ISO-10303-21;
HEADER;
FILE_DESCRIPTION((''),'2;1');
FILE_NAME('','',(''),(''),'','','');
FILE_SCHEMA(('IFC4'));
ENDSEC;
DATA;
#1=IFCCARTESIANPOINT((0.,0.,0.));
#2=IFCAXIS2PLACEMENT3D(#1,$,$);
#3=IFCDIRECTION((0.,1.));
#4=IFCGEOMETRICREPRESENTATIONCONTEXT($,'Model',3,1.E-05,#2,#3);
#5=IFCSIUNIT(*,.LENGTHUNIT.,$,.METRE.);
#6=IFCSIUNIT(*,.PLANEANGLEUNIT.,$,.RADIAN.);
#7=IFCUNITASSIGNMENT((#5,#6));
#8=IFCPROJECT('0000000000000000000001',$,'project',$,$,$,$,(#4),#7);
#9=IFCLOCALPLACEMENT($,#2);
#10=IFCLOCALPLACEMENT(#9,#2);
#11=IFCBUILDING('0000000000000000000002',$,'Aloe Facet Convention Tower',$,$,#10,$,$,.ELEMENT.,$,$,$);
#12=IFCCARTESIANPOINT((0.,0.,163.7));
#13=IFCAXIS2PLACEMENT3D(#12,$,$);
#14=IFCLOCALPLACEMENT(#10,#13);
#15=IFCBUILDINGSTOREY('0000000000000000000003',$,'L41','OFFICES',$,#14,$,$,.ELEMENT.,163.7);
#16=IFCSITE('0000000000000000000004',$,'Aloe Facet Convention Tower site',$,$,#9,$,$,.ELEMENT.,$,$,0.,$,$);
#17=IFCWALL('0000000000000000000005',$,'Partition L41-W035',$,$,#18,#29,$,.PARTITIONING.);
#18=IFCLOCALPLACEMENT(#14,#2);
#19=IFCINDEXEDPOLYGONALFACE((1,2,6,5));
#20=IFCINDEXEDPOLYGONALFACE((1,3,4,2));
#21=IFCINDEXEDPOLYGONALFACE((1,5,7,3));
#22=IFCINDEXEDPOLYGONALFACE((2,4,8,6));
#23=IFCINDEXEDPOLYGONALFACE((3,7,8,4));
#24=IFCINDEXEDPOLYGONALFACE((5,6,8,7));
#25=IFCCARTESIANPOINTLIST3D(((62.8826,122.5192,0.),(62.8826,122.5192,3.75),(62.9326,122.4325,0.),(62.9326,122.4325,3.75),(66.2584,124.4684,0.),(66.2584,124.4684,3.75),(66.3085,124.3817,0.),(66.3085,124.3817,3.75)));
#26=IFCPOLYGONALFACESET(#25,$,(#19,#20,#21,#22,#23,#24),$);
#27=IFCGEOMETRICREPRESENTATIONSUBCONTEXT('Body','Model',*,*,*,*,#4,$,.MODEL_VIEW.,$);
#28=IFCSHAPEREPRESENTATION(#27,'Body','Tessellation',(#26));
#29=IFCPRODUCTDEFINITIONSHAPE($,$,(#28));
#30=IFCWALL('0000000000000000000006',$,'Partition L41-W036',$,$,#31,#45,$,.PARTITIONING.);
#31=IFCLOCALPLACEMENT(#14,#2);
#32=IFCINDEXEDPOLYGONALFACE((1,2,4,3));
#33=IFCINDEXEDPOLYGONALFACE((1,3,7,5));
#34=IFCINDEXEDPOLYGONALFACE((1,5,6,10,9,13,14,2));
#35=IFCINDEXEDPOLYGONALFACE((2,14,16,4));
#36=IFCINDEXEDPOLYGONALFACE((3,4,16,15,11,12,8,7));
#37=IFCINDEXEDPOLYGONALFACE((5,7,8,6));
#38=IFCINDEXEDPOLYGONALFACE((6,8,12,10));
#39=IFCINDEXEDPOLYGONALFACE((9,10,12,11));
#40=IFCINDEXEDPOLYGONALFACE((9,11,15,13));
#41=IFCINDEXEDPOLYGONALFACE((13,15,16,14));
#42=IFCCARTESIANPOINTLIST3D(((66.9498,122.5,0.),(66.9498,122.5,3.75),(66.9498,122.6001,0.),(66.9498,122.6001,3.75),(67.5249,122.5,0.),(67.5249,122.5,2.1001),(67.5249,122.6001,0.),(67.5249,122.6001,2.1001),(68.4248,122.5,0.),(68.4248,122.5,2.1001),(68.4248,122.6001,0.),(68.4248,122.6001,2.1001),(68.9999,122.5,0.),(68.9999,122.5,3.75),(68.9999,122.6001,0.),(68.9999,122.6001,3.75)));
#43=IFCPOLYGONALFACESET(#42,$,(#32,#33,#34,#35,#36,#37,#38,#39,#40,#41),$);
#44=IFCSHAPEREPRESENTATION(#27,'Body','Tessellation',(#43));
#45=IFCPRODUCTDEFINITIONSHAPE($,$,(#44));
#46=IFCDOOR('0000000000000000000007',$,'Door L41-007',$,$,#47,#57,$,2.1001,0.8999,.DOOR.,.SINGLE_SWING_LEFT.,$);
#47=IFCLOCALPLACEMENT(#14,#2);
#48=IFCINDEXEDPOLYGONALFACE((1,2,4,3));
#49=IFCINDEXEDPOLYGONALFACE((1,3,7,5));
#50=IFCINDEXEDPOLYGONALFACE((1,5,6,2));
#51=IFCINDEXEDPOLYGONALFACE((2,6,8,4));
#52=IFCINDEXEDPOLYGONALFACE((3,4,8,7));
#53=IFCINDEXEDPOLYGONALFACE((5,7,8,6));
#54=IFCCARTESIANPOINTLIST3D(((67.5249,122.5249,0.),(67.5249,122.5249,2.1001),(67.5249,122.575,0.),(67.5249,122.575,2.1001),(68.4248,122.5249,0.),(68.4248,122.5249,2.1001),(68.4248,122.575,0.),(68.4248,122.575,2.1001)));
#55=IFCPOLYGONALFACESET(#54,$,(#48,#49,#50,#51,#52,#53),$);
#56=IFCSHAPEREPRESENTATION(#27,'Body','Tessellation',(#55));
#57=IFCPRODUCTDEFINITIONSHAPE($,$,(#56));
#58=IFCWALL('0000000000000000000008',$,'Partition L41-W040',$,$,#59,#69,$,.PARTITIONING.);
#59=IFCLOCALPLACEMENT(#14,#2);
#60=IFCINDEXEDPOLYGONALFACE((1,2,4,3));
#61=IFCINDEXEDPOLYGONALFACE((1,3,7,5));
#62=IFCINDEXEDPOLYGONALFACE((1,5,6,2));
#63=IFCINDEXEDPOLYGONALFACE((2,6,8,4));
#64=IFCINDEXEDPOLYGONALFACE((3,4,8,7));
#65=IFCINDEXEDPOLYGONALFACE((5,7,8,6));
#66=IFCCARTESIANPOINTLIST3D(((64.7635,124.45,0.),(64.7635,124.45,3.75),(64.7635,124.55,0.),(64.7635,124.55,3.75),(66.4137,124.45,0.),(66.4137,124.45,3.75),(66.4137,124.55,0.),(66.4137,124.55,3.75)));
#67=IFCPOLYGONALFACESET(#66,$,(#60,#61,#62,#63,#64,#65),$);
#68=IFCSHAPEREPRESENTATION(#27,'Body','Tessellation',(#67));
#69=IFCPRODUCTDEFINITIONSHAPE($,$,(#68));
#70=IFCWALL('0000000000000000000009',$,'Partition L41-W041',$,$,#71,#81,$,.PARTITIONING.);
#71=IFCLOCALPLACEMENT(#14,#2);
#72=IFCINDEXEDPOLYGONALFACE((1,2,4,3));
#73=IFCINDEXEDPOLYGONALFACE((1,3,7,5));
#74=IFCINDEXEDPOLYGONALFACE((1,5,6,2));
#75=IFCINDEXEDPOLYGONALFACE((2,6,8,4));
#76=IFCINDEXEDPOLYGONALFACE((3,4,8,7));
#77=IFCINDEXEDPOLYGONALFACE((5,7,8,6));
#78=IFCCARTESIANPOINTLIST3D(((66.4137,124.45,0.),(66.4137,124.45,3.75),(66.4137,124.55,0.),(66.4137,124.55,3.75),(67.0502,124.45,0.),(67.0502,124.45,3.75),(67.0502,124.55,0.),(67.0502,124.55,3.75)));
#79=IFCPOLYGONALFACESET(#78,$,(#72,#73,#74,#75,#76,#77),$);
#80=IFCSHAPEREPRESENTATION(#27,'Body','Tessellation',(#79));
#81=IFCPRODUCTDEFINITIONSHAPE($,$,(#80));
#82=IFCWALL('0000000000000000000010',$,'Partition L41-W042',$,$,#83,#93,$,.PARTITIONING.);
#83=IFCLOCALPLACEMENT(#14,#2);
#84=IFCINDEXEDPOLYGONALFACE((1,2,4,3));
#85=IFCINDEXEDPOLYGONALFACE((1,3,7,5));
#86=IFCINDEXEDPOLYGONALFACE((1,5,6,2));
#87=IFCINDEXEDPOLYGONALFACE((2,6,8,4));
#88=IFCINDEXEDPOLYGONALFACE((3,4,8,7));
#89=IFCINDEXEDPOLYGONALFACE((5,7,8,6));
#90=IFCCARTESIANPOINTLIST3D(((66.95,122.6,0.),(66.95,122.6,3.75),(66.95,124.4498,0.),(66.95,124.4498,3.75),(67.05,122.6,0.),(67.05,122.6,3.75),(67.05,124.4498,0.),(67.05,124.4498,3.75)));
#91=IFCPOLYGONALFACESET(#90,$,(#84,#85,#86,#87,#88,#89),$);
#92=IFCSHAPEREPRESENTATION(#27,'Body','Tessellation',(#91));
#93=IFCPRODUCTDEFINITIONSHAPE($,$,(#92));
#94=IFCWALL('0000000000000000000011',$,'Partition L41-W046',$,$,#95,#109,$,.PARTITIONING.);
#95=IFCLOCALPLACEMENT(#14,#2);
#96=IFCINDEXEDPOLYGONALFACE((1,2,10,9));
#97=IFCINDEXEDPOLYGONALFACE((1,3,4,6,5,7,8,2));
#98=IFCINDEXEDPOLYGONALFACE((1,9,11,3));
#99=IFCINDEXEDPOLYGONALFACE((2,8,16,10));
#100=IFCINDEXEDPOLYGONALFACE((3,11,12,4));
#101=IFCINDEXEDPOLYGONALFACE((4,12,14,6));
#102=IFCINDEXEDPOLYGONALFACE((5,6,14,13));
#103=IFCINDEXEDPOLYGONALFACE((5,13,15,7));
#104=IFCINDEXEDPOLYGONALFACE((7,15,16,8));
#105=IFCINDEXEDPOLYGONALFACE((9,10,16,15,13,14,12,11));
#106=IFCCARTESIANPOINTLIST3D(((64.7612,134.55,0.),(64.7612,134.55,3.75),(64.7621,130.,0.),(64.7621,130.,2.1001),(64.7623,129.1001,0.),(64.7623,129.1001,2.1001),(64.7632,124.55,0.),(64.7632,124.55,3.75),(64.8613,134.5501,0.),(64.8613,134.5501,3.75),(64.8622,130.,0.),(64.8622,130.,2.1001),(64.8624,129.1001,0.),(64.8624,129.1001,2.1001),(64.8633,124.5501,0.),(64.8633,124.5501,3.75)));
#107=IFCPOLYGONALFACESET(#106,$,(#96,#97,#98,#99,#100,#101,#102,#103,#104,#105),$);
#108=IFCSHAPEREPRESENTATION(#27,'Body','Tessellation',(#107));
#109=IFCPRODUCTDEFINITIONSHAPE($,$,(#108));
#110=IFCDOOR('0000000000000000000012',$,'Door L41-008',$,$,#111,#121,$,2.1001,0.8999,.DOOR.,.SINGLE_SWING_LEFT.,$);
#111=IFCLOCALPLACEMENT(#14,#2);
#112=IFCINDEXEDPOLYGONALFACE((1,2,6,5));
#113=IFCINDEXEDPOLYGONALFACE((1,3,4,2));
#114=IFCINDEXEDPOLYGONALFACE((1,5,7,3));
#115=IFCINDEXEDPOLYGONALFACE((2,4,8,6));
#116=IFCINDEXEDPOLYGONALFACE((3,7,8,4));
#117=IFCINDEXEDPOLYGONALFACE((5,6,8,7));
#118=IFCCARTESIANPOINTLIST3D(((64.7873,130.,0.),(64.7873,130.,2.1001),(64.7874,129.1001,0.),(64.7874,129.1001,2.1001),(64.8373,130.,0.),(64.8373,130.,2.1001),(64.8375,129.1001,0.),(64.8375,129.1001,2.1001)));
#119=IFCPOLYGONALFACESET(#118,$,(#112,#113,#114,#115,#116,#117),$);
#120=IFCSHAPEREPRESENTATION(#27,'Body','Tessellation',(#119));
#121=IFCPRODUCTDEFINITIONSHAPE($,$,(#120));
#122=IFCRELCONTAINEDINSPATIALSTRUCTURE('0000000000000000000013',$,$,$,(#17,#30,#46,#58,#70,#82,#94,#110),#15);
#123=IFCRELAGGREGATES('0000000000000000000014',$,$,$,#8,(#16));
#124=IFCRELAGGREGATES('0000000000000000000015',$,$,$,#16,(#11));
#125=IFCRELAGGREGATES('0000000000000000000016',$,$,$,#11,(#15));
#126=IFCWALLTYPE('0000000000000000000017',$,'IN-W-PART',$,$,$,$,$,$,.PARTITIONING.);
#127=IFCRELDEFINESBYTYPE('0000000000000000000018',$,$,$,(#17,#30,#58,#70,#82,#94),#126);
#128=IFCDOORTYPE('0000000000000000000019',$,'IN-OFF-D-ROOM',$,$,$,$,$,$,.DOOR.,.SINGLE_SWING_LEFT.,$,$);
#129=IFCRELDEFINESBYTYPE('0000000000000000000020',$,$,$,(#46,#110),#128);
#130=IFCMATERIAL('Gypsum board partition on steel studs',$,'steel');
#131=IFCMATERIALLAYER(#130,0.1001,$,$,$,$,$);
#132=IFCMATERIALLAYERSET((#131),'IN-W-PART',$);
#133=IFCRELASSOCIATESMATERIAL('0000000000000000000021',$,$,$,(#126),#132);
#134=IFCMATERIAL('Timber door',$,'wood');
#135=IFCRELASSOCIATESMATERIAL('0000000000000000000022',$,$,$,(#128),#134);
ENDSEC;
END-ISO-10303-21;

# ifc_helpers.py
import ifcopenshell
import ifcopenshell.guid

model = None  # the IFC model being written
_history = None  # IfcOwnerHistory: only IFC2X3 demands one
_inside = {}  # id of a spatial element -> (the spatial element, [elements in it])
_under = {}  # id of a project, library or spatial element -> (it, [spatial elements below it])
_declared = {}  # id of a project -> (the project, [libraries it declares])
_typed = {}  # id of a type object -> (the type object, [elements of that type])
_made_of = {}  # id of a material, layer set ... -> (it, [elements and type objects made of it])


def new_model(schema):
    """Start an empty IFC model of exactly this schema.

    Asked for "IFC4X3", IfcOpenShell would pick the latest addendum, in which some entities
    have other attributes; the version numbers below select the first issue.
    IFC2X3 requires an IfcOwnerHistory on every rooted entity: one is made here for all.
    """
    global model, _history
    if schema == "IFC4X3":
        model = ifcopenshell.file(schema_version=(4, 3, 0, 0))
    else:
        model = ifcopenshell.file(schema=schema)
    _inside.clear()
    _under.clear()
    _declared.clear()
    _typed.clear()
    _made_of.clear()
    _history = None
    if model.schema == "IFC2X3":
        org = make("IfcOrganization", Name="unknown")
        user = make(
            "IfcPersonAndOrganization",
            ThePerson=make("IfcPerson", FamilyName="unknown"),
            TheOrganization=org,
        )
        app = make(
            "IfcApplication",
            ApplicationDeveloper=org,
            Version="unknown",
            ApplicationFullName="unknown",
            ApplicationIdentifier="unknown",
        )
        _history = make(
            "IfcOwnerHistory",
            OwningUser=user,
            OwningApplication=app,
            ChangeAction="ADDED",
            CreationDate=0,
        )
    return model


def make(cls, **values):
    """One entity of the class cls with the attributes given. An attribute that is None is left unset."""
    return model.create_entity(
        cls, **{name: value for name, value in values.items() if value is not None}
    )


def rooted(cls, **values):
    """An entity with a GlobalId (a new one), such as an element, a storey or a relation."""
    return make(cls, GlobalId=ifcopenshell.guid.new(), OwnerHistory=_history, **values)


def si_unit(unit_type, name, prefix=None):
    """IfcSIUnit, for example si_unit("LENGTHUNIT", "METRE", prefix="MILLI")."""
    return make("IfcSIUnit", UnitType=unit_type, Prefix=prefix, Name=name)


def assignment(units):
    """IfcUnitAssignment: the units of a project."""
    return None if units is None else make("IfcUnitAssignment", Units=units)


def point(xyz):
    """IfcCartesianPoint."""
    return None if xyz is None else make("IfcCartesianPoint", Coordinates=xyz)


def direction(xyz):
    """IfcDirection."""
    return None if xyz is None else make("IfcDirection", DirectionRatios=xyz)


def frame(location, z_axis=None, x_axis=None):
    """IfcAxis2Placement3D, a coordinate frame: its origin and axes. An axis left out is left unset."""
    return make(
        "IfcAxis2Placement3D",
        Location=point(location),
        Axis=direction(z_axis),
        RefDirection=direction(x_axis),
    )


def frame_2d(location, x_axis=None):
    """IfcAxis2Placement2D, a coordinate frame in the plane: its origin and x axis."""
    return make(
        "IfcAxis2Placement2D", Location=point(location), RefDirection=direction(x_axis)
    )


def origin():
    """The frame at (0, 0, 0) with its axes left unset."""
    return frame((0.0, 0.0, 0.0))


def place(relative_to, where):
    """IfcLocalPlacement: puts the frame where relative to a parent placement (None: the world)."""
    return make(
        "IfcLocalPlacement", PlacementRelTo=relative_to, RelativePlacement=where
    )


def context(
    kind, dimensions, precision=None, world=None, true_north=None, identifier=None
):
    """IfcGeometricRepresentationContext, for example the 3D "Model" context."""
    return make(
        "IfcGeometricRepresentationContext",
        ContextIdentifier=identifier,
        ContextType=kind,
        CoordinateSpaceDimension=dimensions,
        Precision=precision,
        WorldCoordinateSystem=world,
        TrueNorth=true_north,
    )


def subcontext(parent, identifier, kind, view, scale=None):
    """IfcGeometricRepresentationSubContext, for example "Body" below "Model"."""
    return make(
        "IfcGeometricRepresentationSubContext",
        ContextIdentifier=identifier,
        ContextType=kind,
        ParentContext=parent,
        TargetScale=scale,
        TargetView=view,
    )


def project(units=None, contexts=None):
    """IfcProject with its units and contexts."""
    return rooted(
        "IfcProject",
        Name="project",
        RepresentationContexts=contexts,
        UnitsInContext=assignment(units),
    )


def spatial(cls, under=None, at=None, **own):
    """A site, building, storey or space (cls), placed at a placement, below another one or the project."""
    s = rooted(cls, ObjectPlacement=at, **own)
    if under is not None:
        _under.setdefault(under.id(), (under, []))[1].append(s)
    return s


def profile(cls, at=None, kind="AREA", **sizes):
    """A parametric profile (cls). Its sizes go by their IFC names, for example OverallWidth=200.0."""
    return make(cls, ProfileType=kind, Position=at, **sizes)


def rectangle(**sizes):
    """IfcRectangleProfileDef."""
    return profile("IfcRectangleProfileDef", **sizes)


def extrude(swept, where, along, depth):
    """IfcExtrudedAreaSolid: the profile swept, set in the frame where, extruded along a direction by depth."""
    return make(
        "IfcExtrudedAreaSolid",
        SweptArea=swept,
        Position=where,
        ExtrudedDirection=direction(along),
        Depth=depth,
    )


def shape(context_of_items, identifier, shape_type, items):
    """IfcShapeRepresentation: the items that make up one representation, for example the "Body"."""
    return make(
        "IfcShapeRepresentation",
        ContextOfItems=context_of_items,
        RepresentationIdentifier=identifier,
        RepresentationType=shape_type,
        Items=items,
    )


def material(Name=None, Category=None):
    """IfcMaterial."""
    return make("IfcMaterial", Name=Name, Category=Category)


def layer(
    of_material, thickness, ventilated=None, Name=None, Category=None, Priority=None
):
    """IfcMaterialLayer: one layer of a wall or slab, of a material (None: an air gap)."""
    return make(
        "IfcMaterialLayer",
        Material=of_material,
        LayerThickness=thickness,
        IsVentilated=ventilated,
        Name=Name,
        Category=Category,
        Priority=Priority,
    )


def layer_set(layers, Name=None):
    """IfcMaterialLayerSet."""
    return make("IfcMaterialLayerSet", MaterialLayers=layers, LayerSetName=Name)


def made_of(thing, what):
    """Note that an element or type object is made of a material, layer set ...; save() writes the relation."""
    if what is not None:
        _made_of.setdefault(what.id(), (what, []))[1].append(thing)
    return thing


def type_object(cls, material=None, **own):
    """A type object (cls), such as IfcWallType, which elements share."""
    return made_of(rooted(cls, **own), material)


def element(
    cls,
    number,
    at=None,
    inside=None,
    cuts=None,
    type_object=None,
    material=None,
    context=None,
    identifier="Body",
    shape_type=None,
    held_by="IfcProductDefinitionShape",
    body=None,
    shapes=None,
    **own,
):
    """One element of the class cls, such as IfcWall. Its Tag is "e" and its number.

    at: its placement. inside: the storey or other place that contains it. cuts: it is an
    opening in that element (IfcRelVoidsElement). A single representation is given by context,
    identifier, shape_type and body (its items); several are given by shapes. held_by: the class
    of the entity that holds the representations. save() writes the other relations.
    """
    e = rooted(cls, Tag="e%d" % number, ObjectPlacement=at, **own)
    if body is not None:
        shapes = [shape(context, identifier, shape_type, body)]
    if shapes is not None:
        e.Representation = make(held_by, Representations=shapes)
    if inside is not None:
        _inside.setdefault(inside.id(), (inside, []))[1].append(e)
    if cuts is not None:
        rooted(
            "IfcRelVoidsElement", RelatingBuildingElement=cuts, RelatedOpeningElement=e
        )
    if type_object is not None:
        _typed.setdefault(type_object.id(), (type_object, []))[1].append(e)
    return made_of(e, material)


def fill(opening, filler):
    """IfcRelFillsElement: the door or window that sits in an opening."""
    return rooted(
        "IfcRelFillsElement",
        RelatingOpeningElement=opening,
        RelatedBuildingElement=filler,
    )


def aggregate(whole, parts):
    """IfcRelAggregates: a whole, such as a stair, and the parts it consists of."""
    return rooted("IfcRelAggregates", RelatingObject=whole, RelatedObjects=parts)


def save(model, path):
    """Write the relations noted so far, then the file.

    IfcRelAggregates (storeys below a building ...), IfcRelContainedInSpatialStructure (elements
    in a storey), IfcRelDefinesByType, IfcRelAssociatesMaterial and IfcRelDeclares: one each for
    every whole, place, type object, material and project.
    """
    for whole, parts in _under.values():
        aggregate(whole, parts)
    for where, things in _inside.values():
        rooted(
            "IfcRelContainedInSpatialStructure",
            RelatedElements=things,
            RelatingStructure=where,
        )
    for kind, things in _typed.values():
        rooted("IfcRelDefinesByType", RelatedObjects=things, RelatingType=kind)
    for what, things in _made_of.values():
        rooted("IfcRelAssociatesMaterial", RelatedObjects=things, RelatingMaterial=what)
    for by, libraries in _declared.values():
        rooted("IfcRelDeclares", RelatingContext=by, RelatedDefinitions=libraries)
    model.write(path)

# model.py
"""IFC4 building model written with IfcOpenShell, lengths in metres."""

from ifc_helpers import new_model, si_unit, direction, frame, frame_2d, origin, place, context, subcontext, project, spatial, rectangle, extrude, material, layer, layer_set, type_object, element, fill, save


model = new_model("IFC4")

# Units and contexts
model_context = context("Model", 3, precision=1e-05, world=origin(), true_north=direction((0.0, 1.0)))
body_context = subcontext(model_context, "Body", "Model", "MODEL_VIEW")
ifc_project = project(units=[si_unit("LENGTHUNIT", "METRE"), si_unit("PLANEANGLEUNIT", "RADIAN")], contexts=[model_context])

# Site, building, storey
site_placement = place(None, origin())
site = spatial("IfcSite", under=ifc_project, at=site_placement, Name="Aloe Facet Convention Tower site", CompositionType="ELEMENT", RefElevation=0.0)
building_placement = place(site_placement, origin())
building = spatial("IfcBuilding", under=site, at=building_placement, Name="Aloe Facet Convention Tower", CompositionType="ELEMENT")
storey_placement = place(building_placement, frame((0.0, 0.0, 163.7)))
storey = spatial("IfcBuildingStorey", under=building, at=storey_placement, Name="L41", Description="OFFICES", CompositionType="ELEMENT", Elevation=163.7)

# Wall
ifc_material_1 = material(Name="Gypsum board partition on steel studs", Category="steel")
ifc_layer_1 = layer(ifc_material_1, 0.1001)
ifc_layer_set_1 = layer_set([ifc_layer_1], Name="IN-W-PART")
wall_type_1 = type_object("IfcWallType", Name="IN-W-PART", PredefinedType="PARTITIONING", material=ifc_layer_set_1)
wall_1_placement = place(storey_placement, frame((62.9075, 122.4758, 0.0), z_axis=(0.0, 0.0, 1.0), x_axis=(0.866015, 0.500019, 0.0)))
element("IfcWall", 1, at=wall_1_placement, inside=storey, type_object=wall_type_1, Name="Partition L41-W035", PredefinedType="PARTITIONING", context=body_context, shape_type="SweptSolid", body=[
    extrude(rectangle(XDim=3.8982, YDim=0.1001, at=frame_2d((1.9492, 0.0))), origin(), (0.0, 0.0, 1.0), 3.75),
])

# Wall, opening, door
wall_2_placement = place(storey_placement, frame((66.95, 122.55, 0.0), z_axis=(0.0, 0.0, 1.0), x_axis=(1.0, 0.0, 0.0)))
wall_2 = element("IfcWall", 2, at=wall_2_placement, inside=storey, type_object=wall_type_1, Name="Partition L41-W036", PredefinedType="PARTITIONING", context=body_context, shape_type="SweptSolid", body=[
    extrude(rectangle(XDim=2.05, YDim=0.1001, at=frame_2d((1.0249, 0.0))), origin(), (0.0, 0.0, 1.0), 3.75),
])
opening_1_placement = place(wall_2_placement, frame((0.575, 0.0, 0.0)))
opening_1 = element("IfcOpeningElement", 3, at=opening_1_placement, cuts=wall_2, PredefinedType="OPENING", context=body_context, shape_type="SweptSolid", body=[
    extrude(rectangle(XDim=0.8999, YDim=2.1001, at=frame_2d((0.45, 1.05))), frame((0.0, 0.0601, 0.0), z_axis=(0.0, -1.0, 0.0), x_axis=(1.0, 0.0, 0.0)), (0.0, 0.0, 1.0), 0.1201),
])
ifc_material_2 = material(Name="Timber door", Category="wood")
door_type_1 = type_object("IfcDoorType", Name="IN-OFF-D-ROOM", OperationType="SINGLE_SWING_LEFT", PredefinedType="DOOR", material=ifc_material_2)
door_1_placement = place(opening_1_placement, origin())
door_1 = element("IfcDoor", 4, at=door_1_placement, inside=storey, type_object=door_type_1, Name="Door L41-007", OperationType="SINGLE_SWING_LEFT", OverallHeight=2.1001, OverallWidth=0.8999, PredefinedType="DOOR", context=body_context, shape_type="SweptSolid", body=[
    extrude(rectangle(XDim=0.8999, YDim=2.1001, at=frame_2d((0.45, 1.05))), frame((0.0, 0.0249, 0.0), z_axis=(0.0, -1.0, 0.0), x_axis=(1.0, 0.0, 0.0)), (0.0, 0.0, 1.0), 0.05),
])
fill(opening_1, door_1)

# Walls
wall_3_placement = place(storey_placement, frame((64.7634, 124.5, 0.0), z_axis=(0.0, 0.0, 1.0), x_axis=(1.0, 0.0, 0.0)))
element("IfcWall", 5, at=wall_3_placement, inside=storey, type_object=wall_type_1, Name="Partition L41-W040", PredefinedType="PARTITIONING", context=body_context, shape_type="SweptSolid", body=[
    extrude(rectangle(XDim=1.6501, YDim=0.1001, at=frame_2d((0.8252, 0.0))), origin(), (0.0, 0.0, 1.0), 3.75),
])
wall_4_placement = place(storey_placement, frame((66.4136, 124.5, 0.0), z_axis=(0.0, 0.0, 1.0), x_axis=(1.0, 0.0, 0.0)))
element("IfcWall", 6, at=wall_4_placement, inside=storey, type_object=wall_type_1, Name="Partition L41-W041", PredefinedType="PARTITIONING", context=body_context, shape_type="SweptSolid", body=[
    extrude(rectangle(XDim=0.6365, YDim=0.1001, at=frame_2d((0.3184, 0.0))), origin(), (0.0, 0.0, 1.0), 3.75),
])
wall_5_placement = place(storey_placement, frame((67.0, 122.6001, 0.0), z_axis=(0.0, 0.0, 1.0), x_axis=(0.0, 1.0, 0.0)))
element("IfcWall", 7, at=wall_5_placement, inside=storey, type_object=wall_type_1, Name="Partition L41-W042", PredefinedType="PARTITIONING", context=body_context, shape_type="SweptSolid", body=[
    extrude(rectangle(XDim=1.8499, YDim=0.1001, at=frame_2d((0.9248, 0.0))), origin(), (0.0, 0.0, 1.0), 3.75),
])

# Wall, opening, door
wall_6_placement = place(storey_placement, frame((64.8132, 124.55, 0.0), z_axis=(0.0, 0.0, 1.0), x_axis=(-0.000195, 1.0, 0.0)))
wall_6 = element("IfcWall", 8, at=wall_6_placement, inside=storey, type_object=wall_type_1, Name="Partition L41-W046", PredefinedType="PARTITIONING", context=body_context, shape_type="SweptSolid", body=[
    extrude(rectangle(XDim=10.0, YDim=0.1001, at=frame_2d((5.0, 0.0))), origin(), (0.0, 0.0, 1.0), 3.75),
])
opening_2_placement = place(wall_6_placement, frame((4.55, 0.0, 0.0)))
opening_2 = element("IfcOpeningElement", 9, at=opening_2_placement, cuts=wall_6, PredefinedType="OPENING", context=body_context, shape_type="SweptSolid", body=[
    extrude(rectangle(XDim=0.8999, YDim=2.1001, at=frame_2d((0.45, 1.05))), frame((0.0, 0.0601, 0.0), z_axis=(0.0, -1.0, 0.0), x_axis=(1.0, 0.0, 0.0)), (0.0, 0.0, 1.0), 0.1201),
])
door_2_placement = place(opening_2_placement, origin())
door_2 = element("IfcDoor", 10, at=door_2_placement, inside=storey, type_object=door_type_1, Name="Door L41-008", OperationType="SINGLE_SWING_LEFT", OverallHeight=2.1001, OverallWidth=0.8999, PredefinedType="DOOR", context=body_context, shape_type="SweptSolid", body=[
    extrude(rectangle(XDim=0.8999, YDim=2.1001, at=frame_2d((0.45, 1.05))), frame((0.0, 0.0249, 0.0), z_axis=(0.0, -1.0, 0.0), x_axis=(1.0, 0.0, 0.0)), (0.0, 0.0, 1.0), 0.05),
])
fill(opening_2, door_2)

save(model, "model.ifc")
